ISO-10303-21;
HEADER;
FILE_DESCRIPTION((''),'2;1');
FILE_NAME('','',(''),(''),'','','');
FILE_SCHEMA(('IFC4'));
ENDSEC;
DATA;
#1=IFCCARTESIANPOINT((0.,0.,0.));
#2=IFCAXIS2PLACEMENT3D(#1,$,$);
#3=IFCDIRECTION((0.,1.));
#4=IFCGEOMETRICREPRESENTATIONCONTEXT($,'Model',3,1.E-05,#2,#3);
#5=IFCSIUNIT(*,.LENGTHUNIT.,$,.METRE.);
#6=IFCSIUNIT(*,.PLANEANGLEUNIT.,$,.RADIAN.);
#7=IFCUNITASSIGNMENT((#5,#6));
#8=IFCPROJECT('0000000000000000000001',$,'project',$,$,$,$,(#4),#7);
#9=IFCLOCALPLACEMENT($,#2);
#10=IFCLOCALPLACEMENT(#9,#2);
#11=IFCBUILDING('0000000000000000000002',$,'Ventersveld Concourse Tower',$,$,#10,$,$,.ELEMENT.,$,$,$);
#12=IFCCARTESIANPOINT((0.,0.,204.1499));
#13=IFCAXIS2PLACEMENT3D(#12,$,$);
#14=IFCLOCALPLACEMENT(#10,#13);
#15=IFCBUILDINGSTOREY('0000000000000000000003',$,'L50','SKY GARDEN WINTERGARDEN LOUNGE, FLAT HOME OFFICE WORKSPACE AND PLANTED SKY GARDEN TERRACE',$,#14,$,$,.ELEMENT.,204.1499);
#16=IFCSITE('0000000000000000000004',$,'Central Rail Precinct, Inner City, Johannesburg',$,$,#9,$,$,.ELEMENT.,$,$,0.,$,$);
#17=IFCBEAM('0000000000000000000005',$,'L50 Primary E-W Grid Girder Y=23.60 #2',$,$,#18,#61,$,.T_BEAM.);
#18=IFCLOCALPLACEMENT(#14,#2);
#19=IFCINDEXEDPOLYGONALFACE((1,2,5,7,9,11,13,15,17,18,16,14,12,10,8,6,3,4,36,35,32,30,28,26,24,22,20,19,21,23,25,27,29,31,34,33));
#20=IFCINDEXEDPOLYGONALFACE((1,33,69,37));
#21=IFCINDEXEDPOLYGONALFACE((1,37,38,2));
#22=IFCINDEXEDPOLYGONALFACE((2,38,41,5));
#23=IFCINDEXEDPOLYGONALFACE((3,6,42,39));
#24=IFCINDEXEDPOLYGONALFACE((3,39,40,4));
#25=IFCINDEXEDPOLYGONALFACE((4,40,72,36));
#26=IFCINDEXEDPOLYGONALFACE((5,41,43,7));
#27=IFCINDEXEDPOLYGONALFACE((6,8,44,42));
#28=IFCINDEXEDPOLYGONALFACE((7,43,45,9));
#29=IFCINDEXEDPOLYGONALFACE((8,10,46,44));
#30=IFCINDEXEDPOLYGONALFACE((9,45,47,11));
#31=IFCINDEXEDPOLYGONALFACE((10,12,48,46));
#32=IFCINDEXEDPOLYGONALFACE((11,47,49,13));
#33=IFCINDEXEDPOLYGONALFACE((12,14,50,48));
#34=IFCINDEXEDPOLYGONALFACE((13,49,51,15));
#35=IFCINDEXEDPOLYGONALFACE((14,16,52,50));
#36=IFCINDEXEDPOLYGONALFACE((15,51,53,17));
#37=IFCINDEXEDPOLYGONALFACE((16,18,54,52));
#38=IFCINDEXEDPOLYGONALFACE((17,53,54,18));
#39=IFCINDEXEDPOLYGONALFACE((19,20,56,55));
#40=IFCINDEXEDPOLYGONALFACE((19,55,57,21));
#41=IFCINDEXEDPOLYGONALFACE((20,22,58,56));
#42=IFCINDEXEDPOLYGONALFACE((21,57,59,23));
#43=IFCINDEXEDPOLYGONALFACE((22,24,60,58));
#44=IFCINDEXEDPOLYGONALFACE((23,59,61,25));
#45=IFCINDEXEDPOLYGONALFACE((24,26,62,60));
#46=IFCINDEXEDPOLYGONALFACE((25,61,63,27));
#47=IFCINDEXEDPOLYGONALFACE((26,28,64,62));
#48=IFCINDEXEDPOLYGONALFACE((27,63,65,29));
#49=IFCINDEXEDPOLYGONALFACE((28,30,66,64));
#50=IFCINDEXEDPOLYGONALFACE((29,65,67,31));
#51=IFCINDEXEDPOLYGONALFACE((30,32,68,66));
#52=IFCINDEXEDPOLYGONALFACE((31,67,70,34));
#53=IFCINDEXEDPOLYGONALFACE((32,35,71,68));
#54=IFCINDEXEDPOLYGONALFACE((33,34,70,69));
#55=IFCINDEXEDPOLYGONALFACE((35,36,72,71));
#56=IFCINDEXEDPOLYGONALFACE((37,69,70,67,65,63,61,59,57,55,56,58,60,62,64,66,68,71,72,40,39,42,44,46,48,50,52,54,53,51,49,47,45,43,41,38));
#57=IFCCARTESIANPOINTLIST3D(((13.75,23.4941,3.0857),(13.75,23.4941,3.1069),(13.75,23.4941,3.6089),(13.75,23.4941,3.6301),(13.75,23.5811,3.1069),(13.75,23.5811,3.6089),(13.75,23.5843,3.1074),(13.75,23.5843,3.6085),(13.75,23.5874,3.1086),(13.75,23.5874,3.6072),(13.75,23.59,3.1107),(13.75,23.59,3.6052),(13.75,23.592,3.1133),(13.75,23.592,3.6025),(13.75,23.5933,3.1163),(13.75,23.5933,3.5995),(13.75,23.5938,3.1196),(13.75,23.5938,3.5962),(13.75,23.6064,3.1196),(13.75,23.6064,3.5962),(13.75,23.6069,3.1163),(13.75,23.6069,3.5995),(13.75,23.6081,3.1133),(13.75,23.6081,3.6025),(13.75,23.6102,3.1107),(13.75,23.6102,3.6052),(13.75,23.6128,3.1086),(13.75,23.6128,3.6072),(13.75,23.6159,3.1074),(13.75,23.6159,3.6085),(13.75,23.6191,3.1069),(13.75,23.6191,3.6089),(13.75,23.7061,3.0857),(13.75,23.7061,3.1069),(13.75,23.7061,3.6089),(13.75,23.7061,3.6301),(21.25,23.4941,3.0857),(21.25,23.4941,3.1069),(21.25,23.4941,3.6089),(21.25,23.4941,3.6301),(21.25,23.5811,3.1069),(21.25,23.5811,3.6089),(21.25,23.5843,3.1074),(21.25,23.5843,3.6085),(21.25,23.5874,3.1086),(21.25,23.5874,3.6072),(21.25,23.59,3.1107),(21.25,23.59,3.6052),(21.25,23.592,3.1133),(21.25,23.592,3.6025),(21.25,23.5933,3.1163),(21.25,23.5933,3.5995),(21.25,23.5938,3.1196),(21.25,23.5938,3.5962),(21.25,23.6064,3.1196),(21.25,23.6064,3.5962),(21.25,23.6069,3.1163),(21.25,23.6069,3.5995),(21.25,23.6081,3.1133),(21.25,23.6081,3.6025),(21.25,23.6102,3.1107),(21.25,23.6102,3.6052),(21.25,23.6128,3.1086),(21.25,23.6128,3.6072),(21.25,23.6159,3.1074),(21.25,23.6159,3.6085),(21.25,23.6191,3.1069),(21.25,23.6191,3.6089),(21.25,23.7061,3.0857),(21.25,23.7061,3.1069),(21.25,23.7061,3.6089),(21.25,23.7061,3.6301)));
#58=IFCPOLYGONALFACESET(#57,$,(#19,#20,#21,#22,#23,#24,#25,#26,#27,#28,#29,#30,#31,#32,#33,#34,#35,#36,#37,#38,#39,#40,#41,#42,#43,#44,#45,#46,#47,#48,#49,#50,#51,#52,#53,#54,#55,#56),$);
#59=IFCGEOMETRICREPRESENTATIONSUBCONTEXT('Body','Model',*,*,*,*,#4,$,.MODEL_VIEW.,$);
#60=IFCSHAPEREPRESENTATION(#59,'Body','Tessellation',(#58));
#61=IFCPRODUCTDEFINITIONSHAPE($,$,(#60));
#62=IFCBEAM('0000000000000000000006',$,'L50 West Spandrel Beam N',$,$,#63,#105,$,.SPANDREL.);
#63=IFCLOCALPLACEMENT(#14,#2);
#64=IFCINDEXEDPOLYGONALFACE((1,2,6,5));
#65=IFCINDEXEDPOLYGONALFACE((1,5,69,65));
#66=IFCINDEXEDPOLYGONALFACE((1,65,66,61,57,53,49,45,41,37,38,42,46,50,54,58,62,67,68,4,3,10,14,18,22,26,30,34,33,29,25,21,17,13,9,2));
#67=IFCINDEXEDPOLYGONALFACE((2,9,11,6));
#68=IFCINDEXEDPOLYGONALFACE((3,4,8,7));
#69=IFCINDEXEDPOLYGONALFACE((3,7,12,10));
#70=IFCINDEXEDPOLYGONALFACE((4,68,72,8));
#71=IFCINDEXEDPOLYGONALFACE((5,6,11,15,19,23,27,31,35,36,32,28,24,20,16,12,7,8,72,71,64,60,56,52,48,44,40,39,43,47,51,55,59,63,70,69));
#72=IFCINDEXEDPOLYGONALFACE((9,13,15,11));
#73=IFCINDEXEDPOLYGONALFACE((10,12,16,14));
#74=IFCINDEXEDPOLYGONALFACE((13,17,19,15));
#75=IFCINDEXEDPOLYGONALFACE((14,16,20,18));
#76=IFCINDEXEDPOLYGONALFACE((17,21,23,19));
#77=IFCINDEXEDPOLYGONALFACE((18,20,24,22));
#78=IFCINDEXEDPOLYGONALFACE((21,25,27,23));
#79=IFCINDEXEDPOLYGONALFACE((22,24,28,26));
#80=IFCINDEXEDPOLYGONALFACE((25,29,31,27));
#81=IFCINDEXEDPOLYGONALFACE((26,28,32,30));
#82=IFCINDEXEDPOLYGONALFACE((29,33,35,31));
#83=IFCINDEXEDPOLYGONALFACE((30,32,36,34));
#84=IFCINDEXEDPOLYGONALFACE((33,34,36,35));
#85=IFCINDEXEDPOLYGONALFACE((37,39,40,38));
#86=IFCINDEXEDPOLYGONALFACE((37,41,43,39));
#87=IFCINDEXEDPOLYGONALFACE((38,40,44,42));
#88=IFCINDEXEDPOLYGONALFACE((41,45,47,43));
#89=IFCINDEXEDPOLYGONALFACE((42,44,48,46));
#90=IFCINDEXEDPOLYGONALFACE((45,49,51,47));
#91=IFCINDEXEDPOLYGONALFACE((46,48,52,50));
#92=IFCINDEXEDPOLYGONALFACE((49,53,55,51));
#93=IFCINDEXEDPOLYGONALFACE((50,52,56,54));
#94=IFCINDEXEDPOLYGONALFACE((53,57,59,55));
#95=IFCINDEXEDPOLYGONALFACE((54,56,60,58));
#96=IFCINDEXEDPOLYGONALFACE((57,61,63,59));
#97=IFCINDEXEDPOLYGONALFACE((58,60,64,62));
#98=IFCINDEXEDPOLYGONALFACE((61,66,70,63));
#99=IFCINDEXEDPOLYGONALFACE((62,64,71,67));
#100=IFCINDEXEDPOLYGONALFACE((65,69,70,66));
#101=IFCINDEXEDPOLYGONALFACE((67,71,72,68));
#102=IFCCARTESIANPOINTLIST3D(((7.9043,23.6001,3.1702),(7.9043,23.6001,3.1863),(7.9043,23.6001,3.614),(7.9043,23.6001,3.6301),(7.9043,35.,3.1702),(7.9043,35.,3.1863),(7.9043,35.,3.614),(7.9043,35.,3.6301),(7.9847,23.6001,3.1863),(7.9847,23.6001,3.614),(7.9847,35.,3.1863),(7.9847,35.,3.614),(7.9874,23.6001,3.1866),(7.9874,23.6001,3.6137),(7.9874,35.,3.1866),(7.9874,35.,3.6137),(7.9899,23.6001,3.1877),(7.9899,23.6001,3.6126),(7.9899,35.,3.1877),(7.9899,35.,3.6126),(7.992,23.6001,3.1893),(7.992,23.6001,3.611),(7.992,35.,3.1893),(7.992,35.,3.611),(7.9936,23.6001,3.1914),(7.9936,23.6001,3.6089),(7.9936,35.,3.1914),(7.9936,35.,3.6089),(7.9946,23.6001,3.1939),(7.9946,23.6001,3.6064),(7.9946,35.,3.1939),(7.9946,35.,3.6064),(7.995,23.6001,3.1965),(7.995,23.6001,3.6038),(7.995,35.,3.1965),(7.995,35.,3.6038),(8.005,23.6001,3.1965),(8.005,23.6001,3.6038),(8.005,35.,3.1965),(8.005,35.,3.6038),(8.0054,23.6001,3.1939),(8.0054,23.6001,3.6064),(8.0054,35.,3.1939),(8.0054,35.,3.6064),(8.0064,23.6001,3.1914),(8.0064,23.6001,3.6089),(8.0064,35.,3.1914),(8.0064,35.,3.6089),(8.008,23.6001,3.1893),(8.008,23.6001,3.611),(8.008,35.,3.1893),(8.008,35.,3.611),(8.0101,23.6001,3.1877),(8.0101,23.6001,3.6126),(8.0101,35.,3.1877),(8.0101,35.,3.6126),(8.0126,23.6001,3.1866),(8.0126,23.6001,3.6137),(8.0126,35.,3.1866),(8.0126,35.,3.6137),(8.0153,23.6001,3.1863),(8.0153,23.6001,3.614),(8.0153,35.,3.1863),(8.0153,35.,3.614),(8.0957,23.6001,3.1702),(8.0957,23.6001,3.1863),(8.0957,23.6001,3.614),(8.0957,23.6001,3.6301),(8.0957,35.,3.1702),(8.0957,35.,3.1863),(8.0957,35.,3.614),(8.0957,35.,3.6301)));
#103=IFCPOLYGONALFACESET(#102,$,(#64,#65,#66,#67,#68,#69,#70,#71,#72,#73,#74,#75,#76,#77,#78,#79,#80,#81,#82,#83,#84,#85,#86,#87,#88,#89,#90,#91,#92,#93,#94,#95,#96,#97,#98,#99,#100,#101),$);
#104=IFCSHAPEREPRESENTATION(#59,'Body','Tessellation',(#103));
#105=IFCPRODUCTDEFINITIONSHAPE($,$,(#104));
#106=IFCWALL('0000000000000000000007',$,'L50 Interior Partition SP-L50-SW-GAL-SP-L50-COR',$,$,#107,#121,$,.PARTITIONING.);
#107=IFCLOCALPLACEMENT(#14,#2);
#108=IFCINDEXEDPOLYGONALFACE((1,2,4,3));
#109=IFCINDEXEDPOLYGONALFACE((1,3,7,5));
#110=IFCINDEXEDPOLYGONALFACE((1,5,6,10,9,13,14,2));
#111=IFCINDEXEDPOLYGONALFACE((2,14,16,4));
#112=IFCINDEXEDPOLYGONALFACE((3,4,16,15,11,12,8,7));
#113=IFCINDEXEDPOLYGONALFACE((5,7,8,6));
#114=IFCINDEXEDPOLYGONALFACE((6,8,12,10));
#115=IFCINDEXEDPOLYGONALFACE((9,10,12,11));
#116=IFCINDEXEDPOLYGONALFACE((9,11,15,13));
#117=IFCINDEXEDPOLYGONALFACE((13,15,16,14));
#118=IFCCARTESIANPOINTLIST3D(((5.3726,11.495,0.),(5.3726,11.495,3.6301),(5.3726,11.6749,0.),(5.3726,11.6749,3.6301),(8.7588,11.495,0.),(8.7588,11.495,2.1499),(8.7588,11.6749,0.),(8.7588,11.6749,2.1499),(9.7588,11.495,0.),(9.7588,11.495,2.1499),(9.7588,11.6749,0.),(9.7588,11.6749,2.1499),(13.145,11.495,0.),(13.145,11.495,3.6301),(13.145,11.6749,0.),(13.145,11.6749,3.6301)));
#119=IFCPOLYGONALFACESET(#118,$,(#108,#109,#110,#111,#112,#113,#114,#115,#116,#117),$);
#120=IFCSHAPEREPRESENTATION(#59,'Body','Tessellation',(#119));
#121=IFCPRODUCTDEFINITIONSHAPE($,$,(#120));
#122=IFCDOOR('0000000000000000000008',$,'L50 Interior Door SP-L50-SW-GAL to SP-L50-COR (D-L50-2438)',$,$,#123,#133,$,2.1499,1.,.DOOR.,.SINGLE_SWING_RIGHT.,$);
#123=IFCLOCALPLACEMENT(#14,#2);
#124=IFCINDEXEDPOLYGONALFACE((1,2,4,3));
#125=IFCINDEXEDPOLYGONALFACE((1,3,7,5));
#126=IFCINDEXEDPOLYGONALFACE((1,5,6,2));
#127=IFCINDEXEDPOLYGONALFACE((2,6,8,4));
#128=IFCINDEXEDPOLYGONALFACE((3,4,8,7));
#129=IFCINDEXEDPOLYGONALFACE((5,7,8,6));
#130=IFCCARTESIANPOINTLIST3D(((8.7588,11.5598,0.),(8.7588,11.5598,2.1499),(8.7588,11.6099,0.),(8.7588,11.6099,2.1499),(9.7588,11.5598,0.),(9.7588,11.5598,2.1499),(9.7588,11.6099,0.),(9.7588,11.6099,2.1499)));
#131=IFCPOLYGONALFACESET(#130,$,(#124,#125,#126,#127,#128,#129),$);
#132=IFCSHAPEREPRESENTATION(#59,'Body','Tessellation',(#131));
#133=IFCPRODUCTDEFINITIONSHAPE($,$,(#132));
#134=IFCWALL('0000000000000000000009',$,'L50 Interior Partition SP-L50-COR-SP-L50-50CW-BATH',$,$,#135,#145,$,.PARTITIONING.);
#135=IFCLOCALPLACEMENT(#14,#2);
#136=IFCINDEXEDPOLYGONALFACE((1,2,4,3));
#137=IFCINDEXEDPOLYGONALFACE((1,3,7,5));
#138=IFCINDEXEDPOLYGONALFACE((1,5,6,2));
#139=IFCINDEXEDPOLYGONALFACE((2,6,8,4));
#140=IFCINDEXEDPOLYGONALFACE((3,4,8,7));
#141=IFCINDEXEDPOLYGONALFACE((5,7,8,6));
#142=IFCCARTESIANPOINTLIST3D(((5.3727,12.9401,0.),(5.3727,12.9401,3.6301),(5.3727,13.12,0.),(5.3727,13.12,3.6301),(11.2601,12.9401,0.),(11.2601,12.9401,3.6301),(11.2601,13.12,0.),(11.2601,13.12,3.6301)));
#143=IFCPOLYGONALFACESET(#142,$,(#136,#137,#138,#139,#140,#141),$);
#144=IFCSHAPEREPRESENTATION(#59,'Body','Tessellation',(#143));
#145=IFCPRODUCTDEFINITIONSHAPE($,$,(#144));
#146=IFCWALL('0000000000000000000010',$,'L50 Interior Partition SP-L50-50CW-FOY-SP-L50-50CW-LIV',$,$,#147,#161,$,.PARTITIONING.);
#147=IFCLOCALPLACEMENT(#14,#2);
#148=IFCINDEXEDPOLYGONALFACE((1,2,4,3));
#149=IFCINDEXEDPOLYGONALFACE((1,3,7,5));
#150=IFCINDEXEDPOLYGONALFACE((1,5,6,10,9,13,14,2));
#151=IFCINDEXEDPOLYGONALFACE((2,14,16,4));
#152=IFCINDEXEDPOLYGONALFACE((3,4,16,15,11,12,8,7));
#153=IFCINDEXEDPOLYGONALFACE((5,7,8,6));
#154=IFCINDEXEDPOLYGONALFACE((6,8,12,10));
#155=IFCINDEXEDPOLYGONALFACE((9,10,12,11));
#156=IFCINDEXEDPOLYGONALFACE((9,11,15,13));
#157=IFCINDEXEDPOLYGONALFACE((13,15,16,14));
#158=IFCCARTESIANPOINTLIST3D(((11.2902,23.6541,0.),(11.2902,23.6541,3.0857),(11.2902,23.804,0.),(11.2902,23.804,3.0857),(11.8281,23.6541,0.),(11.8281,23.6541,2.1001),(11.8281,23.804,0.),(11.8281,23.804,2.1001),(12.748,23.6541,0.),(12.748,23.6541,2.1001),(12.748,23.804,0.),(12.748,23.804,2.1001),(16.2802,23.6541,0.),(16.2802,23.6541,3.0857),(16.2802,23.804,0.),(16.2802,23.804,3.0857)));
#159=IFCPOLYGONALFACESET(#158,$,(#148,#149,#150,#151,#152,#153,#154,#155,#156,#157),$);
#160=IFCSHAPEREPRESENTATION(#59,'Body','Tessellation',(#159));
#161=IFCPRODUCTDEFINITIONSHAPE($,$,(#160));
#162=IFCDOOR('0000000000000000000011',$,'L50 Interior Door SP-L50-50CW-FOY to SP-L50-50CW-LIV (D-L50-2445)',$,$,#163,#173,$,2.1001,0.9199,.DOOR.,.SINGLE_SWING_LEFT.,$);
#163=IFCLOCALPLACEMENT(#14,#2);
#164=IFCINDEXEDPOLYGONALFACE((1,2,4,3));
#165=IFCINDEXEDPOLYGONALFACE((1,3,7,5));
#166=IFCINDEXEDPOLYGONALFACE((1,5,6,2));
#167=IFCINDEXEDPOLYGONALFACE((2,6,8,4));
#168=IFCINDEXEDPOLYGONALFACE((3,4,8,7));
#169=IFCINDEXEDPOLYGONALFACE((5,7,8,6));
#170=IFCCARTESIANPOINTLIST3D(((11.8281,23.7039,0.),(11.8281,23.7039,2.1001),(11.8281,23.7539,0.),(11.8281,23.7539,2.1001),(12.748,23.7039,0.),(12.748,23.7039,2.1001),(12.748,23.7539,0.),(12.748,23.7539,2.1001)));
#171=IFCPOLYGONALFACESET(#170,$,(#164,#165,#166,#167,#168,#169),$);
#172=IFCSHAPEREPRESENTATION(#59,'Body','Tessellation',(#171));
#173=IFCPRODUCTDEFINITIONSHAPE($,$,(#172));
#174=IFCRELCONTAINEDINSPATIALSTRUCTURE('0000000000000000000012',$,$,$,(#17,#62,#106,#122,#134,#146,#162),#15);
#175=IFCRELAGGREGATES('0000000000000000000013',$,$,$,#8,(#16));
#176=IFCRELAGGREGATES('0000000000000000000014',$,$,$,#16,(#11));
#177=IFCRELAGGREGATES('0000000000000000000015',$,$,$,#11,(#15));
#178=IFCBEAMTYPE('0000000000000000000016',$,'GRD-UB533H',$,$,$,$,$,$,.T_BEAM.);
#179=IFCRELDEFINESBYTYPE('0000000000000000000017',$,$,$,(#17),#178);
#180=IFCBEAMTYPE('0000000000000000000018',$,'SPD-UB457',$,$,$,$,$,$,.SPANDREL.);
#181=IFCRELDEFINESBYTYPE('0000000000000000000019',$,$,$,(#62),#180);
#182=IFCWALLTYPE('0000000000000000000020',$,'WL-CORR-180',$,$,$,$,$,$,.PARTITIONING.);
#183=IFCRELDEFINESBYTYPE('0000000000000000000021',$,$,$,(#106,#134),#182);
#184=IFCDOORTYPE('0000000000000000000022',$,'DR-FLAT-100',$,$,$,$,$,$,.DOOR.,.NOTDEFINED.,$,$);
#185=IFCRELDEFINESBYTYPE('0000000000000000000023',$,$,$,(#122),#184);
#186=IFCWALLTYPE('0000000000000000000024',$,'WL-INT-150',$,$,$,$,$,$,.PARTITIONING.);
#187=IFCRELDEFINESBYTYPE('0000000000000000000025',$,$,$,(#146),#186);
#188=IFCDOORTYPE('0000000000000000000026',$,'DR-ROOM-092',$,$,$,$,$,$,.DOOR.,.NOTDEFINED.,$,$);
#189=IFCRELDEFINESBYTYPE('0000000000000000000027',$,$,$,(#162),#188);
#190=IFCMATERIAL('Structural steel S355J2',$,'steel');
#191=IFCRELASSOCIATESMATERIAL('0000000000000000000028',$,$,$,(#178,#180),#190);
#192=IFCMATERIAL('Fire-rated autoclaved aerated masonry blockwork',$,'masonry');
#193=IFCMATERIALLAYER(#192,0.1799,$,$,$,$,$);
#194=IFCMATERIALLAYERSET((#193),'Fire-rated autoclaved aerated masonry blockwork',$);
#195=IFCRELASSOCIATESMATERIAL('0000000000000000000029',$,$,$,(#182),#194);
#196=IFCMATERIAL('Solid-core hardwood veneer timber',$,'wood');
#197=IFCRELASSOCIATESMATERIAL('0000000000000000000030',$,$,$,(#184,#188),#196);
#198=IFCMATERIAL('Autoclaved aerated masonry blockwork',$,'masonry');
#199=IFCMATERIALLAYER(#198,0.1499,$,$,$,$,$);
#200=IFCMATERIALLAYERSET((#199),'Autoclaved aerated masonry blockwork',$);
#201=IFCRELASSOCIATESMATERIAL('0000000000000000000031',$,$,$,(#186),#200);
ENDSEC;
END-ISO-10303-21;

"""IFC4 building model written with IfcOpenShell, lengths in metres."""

from ifc_helpers import new_model, si_unit, direction, frame, frame_2d, origin, origin_2d, place, context, subcontext, project, spatial, rectangle, i_section, extrude, material, layer, layer_set, material_profile, profile_set, type_object, element, fill, save


model = new_model("IFC4")

# Units and contexts
model_context = context("Model", 3, precision=1e-05, world=origin(), true_north=direction((0.0, 1.0)))
body_context = subcontext(model_context, "Body", "Model", "MODEL_VIEW")
ifc_project = project(units=[si_unit("LENGTHUNIT", "METRE"), si_unit("PLANEANGLEUNIT", "RADIAN")], contexts=[model_context])

# Site, building, storey
site_placement = place(None, origin())
site = spatial("IfcSite", under=ifc_project, at=site_placement, Name="Central Rail Precinct, Inner City, Johannesburg", CompositionType="ELEMENT", RefElevation=0.0)
building_placement = place(site_placement, origin())
building = spatial("IfcBuilding", under=site, at=building_placement, Name="Ventersveld Concourse Tower", CompositionType="ELEMENT")
storey_placement = place(building_placement, frame((0.0, 0.0, 204.1499)))
storey = spatial("IfcBuildingStorey", under=building, at=storey_placement, Name="L50", Description="SKY GARDEN WINTERGARDEN LOUNGE, FLAT HOME OFFICE WORKSPACE AND PLANTED SKY GARDEN TERRACE", CompositionType="ELEMENT", Elevation=204.1499)

# Beams
ifc_material_1 = material(Name="Structural steel S355J2", Category="steel")
ifc_material_profile_1 = material_profile(ifc_material_1, i_section(OverallWidth=0.2119, OverallDepth=0.5444, WebThickness=0.0127, FlangeThickness=0.0212, FilletRadius=0.0127, at=origin_2d()), Name="UB 533x210x122")
ifc_profile_set_1 = profile_set([ifc_material_profile_1], Name="Structural steel S355J2")
beam_type_1 = type_object("IfcBeamType", Name="GRD-UB533H", PredefinedType="T_BEAM", material=ifc_profile_set_1)
beam_1_placement = place(storey_placement, frame((13.75, 23.6001, 3.3579), z_axis=(1.0, 0.0, 0.0), x_axis=(0.0, 1.0, 0.0)))
element("IfcBeam", 1, at=beam_1_placement, inside=storey, type_object=beam_type_1, Name="L50 Primary E-W Grid Girder Y=23.60 #2", PredefinedType="T_BEAM", context=body_context, shape_type="SweptSolid", body=[
    extrude(i_section(OverallWidth=0.2119, OverallDepth=0.5444, WebThickness=0.0127, FlangeThickness=0.0212, FilletRadius=0.0127, at=origin_2d()), origin(), (0.0, 0.0, 1.0), 7.5),
])
ifc_material_profile_2 = material_profile(ifc_material_1, i_section(OverallWidth=0.1914, OverallDepth=0.46, WebThickness=0.01, FlangeThickness=0.0161, FilletRadius=0.0103, at=origin_2d()), Name="UB 457x191x82")
ifc_profile_set_2 = profile_set([ifc_material_profile_2], Name="Structural steel S355J2")
beam_type_2 = type_object("IfcBeamType", Name="SPD-UB457", PredefinedType="SPANDREL", material=ifc_profile_set_2)
beam_2_placement = place(storey_placement, frame((8.0, 23.6001, 3.4001), z_axis=(0.0, 1.0, 0.0), x_axis=(-1.0, 0.0, 0.0)))
element("IfcBeam", 2, at=beam_2_placement, inside=storey, type_object=beam_type_2, Name="L50 West Spandrel Beam N", PredefinedType="SPANDREL", context=body_context, shape_type="SweptSolid", body=[
    extrude(i_section(OverallWidth=0.1914, OverallDepth=0.46, WebThickness=0.01, FlangeThickness=0.0161, FilletRadius=0.0103, at=origin_2d()), origin(), (0.0, 0.0, 1.0), 11.3999),
])

# Wall, opening, door
ifc_material_2 = material(Name="Fire-rated autoclaved aerated masonry blockwork", Category="masonry")
ifc_layer_1 = layer(ifc_material_2, 0.1799)
ifc_layer_set_1 = layer_set([ifc_layer_1], Name="Fire-rated autoclaved aerated masonry blockwork")
wall_type_1 = type_object("IfcWallType", Name="WL-CORR-180", PredefinedType="PARTITIONING", material=ifc_layer_set_1)
wall_1_placement = place(storey_placement, frame((5.3726, 11.585, 0.0), z_axis=(0.0, 0.0, 1.0), x_axis=(1.0, 0.0, 0.0)))
wall_1 = element("IfcWall", 3, at=wall_1_placement, inside=storey, type_object=wall_type_1, Name="L50 Interior Partition SP-L50-SW-GAL-SP-L50-COR", PredefinedType="PARTITIONING", context=body_context, shape_type="SweptSolid", body=[
    extrude(rectangle(XDim=7.7725, YDim=0.1799, at=frame_2d((3.8862, 0.0))), origin(), (0.0, 0.0, 1.0), 3.6301),
])
opening_1_placement = place(wall_1_placement, frame((3.3862, 0.0, 0.0)))
opening_1 = element("IfcOpeningElement", 4, at=opening_1_placement, cuts=wall_1, PredefinedType="OPENING", context=body_context, shape_type="SweptSolid", body=[
    extrude(rectangle(XDim=1.0, YDim=2.1499, at=frame_2d((0.5, 1.075))), frame((0.0, 0.1001, 0.0), z_axis=(0.0, -1.0, 0.0), x_axis=(1.0, 0.0, 0.0)), (0.0, 0.0, 1.0), 0.2),
])
ifc_material_3 = material(Name="Solid-core hardwood veneer timber", Category="wood")
door_type_1 = type_object("IfcDoorType", Name="DR-FLAT-100", OperationType="NOTDEFINED", PredefinedType="DOOR", material=ifc_material_3)
door_1_placement = place(opening_1_placement, origin())
door_1 = element("IfcDoor", 5, at=door_1_placement, inside=storey, type_object=door_type_1, Name="L50 Interior Door SP-L50-SW-GAL to SP-L50-COR (D-L50-2438)", OperationType="SINGLE_SWING_RIGHT", OverallHeight=2.1499, OverallWidth=1.0, PredefinedType="DOOR", context=body_context, shape_type="SweptSolid", body=[
    extrude(rectangle(XDim=1.0, YDim=2.1499, at=frame_2d((0.5, 1.075))), frame((0.0, 0.0249, 0.0), z_axis=(0.0, -1.0, 0.0), x_axis=(1.0, 0.0, 0.0)), (0.0, 0.0, 1.0), 0.05),
])
fill(opening_1, door_1)

# Wall
wall_2_placement = place(storey_placement, frame((5.3726, 13.03, 0.0), z_axis=(0.0, 0.0, 1.0), x_axis=(1.0, 0.0, 0.0)))
element("IfcWall", 6, at=wall_2_placement, inside=storey, type_object=wall_type_1, Name="L50 Interior Partition SP-L50-COR-SP-L50-50CW-BATH", PredefinedType="PARTITIONING", context=body_context, shape_type="SweptSolid", body=[
    extrude(rectangle(XDim=5.8875, YDim=0.1799, at=frame_2d((2.9438, 0.0))), origin(), (0.0, 0.0, 1.0), 3.6301),
])

# Wall, opening, door
ifc_material_4 = material(Name="Autoclaved aerated masonry blockwork", Category="masonry")
ifc_layer_2 = layer(ifc_material_4, 0.1499)
ifc_layer_set_2 = layer_set([ifc_layer_2], Name="Autoclaved aerated masonry blockwork")
wall_type_2 = type_object("IfcWallType", Name="WL-INT-150", PredefinedType="PARTITIONING", material=ifc_layer_set_2)
wall_3_placement = place(storey_placement, frame((11.29, 23.729, 0.0), z_axis=(0.0, 0.0, 1.0), x_axis=(1.0, 0.0, 0.0)))
wall_3 = element("IfcWall", 7, at=wall_3_placement, inside=storey, type_object=wall_type_2, Name="L50 Interior Partition SP-L50-50CW-FOY-SP-L50-50CW-LIV", PredefinedType="PARTITIONING", context=body_context, shape_type="SweptSolid", body=[
    extrude(rectangle(XDim=4.99, YDim=0.1499, at=frame_2d((2.4951, 0.0))), origin(), (0.0, 0.0, 1.0), 3.0857),
])
opening_2_placement = place(wall_3_placement, frame((0.5381, 0.0, 0.0)))
opening_2 = element("IfcOpeningElement", 8, at=opening_2_placement, cuts=wall_3, PredefinedType="OPENING", context=body_context, shape_type="SweptSolid", body=[
    extrude(rectangle(XDim=0.9199, YDim=2.1001, at=frame_2d((0.46, 1.05))), frame((0.0, 0.085, 0.0), z_axis=(0.0, -1.0, 0.0), x_axis=(1.0, 0.0, 0.0)), (0.0, 0.0, 1.0), 0.1699),
])
door_type_2 = type_object("IfcDoorType", Name="DR-ROOM-092", OperationType="NOTDEFINED", PredefinedType="DOOR", material=ifc_material_3)
door_2_placement = place(opening_2_placement, origin())
door_2 = element("IfcDoor", 9, at=door_2_placement, inside=storey, type_object=door_type_2, Name="L50 Interior Door SP-L50-50CW-FOY to SP-L50-50CW-LIV (D-L50-2445)", OperationType="SINGLE_SWING_LEFT", OverallHeight=2.1001, OverallWidth=0.9199, PredefinedType="DOOR", context=body_context, shape_type="SweptSolid", body=[
    extrude(rectangle(XDim=0.9199, YDim=2.1001, at=frame_2d((0.46, 1.05))), frame((0.0, 0.0249, 0.0), z_axis=(0.0, -1.0, 0.0), x_axis=(1.0, 0.0, 0.0)), (0.0, 0.0, 1.0), 0.05),
])
fill(opening_2, door_2)

save(model, "model.ifc")
